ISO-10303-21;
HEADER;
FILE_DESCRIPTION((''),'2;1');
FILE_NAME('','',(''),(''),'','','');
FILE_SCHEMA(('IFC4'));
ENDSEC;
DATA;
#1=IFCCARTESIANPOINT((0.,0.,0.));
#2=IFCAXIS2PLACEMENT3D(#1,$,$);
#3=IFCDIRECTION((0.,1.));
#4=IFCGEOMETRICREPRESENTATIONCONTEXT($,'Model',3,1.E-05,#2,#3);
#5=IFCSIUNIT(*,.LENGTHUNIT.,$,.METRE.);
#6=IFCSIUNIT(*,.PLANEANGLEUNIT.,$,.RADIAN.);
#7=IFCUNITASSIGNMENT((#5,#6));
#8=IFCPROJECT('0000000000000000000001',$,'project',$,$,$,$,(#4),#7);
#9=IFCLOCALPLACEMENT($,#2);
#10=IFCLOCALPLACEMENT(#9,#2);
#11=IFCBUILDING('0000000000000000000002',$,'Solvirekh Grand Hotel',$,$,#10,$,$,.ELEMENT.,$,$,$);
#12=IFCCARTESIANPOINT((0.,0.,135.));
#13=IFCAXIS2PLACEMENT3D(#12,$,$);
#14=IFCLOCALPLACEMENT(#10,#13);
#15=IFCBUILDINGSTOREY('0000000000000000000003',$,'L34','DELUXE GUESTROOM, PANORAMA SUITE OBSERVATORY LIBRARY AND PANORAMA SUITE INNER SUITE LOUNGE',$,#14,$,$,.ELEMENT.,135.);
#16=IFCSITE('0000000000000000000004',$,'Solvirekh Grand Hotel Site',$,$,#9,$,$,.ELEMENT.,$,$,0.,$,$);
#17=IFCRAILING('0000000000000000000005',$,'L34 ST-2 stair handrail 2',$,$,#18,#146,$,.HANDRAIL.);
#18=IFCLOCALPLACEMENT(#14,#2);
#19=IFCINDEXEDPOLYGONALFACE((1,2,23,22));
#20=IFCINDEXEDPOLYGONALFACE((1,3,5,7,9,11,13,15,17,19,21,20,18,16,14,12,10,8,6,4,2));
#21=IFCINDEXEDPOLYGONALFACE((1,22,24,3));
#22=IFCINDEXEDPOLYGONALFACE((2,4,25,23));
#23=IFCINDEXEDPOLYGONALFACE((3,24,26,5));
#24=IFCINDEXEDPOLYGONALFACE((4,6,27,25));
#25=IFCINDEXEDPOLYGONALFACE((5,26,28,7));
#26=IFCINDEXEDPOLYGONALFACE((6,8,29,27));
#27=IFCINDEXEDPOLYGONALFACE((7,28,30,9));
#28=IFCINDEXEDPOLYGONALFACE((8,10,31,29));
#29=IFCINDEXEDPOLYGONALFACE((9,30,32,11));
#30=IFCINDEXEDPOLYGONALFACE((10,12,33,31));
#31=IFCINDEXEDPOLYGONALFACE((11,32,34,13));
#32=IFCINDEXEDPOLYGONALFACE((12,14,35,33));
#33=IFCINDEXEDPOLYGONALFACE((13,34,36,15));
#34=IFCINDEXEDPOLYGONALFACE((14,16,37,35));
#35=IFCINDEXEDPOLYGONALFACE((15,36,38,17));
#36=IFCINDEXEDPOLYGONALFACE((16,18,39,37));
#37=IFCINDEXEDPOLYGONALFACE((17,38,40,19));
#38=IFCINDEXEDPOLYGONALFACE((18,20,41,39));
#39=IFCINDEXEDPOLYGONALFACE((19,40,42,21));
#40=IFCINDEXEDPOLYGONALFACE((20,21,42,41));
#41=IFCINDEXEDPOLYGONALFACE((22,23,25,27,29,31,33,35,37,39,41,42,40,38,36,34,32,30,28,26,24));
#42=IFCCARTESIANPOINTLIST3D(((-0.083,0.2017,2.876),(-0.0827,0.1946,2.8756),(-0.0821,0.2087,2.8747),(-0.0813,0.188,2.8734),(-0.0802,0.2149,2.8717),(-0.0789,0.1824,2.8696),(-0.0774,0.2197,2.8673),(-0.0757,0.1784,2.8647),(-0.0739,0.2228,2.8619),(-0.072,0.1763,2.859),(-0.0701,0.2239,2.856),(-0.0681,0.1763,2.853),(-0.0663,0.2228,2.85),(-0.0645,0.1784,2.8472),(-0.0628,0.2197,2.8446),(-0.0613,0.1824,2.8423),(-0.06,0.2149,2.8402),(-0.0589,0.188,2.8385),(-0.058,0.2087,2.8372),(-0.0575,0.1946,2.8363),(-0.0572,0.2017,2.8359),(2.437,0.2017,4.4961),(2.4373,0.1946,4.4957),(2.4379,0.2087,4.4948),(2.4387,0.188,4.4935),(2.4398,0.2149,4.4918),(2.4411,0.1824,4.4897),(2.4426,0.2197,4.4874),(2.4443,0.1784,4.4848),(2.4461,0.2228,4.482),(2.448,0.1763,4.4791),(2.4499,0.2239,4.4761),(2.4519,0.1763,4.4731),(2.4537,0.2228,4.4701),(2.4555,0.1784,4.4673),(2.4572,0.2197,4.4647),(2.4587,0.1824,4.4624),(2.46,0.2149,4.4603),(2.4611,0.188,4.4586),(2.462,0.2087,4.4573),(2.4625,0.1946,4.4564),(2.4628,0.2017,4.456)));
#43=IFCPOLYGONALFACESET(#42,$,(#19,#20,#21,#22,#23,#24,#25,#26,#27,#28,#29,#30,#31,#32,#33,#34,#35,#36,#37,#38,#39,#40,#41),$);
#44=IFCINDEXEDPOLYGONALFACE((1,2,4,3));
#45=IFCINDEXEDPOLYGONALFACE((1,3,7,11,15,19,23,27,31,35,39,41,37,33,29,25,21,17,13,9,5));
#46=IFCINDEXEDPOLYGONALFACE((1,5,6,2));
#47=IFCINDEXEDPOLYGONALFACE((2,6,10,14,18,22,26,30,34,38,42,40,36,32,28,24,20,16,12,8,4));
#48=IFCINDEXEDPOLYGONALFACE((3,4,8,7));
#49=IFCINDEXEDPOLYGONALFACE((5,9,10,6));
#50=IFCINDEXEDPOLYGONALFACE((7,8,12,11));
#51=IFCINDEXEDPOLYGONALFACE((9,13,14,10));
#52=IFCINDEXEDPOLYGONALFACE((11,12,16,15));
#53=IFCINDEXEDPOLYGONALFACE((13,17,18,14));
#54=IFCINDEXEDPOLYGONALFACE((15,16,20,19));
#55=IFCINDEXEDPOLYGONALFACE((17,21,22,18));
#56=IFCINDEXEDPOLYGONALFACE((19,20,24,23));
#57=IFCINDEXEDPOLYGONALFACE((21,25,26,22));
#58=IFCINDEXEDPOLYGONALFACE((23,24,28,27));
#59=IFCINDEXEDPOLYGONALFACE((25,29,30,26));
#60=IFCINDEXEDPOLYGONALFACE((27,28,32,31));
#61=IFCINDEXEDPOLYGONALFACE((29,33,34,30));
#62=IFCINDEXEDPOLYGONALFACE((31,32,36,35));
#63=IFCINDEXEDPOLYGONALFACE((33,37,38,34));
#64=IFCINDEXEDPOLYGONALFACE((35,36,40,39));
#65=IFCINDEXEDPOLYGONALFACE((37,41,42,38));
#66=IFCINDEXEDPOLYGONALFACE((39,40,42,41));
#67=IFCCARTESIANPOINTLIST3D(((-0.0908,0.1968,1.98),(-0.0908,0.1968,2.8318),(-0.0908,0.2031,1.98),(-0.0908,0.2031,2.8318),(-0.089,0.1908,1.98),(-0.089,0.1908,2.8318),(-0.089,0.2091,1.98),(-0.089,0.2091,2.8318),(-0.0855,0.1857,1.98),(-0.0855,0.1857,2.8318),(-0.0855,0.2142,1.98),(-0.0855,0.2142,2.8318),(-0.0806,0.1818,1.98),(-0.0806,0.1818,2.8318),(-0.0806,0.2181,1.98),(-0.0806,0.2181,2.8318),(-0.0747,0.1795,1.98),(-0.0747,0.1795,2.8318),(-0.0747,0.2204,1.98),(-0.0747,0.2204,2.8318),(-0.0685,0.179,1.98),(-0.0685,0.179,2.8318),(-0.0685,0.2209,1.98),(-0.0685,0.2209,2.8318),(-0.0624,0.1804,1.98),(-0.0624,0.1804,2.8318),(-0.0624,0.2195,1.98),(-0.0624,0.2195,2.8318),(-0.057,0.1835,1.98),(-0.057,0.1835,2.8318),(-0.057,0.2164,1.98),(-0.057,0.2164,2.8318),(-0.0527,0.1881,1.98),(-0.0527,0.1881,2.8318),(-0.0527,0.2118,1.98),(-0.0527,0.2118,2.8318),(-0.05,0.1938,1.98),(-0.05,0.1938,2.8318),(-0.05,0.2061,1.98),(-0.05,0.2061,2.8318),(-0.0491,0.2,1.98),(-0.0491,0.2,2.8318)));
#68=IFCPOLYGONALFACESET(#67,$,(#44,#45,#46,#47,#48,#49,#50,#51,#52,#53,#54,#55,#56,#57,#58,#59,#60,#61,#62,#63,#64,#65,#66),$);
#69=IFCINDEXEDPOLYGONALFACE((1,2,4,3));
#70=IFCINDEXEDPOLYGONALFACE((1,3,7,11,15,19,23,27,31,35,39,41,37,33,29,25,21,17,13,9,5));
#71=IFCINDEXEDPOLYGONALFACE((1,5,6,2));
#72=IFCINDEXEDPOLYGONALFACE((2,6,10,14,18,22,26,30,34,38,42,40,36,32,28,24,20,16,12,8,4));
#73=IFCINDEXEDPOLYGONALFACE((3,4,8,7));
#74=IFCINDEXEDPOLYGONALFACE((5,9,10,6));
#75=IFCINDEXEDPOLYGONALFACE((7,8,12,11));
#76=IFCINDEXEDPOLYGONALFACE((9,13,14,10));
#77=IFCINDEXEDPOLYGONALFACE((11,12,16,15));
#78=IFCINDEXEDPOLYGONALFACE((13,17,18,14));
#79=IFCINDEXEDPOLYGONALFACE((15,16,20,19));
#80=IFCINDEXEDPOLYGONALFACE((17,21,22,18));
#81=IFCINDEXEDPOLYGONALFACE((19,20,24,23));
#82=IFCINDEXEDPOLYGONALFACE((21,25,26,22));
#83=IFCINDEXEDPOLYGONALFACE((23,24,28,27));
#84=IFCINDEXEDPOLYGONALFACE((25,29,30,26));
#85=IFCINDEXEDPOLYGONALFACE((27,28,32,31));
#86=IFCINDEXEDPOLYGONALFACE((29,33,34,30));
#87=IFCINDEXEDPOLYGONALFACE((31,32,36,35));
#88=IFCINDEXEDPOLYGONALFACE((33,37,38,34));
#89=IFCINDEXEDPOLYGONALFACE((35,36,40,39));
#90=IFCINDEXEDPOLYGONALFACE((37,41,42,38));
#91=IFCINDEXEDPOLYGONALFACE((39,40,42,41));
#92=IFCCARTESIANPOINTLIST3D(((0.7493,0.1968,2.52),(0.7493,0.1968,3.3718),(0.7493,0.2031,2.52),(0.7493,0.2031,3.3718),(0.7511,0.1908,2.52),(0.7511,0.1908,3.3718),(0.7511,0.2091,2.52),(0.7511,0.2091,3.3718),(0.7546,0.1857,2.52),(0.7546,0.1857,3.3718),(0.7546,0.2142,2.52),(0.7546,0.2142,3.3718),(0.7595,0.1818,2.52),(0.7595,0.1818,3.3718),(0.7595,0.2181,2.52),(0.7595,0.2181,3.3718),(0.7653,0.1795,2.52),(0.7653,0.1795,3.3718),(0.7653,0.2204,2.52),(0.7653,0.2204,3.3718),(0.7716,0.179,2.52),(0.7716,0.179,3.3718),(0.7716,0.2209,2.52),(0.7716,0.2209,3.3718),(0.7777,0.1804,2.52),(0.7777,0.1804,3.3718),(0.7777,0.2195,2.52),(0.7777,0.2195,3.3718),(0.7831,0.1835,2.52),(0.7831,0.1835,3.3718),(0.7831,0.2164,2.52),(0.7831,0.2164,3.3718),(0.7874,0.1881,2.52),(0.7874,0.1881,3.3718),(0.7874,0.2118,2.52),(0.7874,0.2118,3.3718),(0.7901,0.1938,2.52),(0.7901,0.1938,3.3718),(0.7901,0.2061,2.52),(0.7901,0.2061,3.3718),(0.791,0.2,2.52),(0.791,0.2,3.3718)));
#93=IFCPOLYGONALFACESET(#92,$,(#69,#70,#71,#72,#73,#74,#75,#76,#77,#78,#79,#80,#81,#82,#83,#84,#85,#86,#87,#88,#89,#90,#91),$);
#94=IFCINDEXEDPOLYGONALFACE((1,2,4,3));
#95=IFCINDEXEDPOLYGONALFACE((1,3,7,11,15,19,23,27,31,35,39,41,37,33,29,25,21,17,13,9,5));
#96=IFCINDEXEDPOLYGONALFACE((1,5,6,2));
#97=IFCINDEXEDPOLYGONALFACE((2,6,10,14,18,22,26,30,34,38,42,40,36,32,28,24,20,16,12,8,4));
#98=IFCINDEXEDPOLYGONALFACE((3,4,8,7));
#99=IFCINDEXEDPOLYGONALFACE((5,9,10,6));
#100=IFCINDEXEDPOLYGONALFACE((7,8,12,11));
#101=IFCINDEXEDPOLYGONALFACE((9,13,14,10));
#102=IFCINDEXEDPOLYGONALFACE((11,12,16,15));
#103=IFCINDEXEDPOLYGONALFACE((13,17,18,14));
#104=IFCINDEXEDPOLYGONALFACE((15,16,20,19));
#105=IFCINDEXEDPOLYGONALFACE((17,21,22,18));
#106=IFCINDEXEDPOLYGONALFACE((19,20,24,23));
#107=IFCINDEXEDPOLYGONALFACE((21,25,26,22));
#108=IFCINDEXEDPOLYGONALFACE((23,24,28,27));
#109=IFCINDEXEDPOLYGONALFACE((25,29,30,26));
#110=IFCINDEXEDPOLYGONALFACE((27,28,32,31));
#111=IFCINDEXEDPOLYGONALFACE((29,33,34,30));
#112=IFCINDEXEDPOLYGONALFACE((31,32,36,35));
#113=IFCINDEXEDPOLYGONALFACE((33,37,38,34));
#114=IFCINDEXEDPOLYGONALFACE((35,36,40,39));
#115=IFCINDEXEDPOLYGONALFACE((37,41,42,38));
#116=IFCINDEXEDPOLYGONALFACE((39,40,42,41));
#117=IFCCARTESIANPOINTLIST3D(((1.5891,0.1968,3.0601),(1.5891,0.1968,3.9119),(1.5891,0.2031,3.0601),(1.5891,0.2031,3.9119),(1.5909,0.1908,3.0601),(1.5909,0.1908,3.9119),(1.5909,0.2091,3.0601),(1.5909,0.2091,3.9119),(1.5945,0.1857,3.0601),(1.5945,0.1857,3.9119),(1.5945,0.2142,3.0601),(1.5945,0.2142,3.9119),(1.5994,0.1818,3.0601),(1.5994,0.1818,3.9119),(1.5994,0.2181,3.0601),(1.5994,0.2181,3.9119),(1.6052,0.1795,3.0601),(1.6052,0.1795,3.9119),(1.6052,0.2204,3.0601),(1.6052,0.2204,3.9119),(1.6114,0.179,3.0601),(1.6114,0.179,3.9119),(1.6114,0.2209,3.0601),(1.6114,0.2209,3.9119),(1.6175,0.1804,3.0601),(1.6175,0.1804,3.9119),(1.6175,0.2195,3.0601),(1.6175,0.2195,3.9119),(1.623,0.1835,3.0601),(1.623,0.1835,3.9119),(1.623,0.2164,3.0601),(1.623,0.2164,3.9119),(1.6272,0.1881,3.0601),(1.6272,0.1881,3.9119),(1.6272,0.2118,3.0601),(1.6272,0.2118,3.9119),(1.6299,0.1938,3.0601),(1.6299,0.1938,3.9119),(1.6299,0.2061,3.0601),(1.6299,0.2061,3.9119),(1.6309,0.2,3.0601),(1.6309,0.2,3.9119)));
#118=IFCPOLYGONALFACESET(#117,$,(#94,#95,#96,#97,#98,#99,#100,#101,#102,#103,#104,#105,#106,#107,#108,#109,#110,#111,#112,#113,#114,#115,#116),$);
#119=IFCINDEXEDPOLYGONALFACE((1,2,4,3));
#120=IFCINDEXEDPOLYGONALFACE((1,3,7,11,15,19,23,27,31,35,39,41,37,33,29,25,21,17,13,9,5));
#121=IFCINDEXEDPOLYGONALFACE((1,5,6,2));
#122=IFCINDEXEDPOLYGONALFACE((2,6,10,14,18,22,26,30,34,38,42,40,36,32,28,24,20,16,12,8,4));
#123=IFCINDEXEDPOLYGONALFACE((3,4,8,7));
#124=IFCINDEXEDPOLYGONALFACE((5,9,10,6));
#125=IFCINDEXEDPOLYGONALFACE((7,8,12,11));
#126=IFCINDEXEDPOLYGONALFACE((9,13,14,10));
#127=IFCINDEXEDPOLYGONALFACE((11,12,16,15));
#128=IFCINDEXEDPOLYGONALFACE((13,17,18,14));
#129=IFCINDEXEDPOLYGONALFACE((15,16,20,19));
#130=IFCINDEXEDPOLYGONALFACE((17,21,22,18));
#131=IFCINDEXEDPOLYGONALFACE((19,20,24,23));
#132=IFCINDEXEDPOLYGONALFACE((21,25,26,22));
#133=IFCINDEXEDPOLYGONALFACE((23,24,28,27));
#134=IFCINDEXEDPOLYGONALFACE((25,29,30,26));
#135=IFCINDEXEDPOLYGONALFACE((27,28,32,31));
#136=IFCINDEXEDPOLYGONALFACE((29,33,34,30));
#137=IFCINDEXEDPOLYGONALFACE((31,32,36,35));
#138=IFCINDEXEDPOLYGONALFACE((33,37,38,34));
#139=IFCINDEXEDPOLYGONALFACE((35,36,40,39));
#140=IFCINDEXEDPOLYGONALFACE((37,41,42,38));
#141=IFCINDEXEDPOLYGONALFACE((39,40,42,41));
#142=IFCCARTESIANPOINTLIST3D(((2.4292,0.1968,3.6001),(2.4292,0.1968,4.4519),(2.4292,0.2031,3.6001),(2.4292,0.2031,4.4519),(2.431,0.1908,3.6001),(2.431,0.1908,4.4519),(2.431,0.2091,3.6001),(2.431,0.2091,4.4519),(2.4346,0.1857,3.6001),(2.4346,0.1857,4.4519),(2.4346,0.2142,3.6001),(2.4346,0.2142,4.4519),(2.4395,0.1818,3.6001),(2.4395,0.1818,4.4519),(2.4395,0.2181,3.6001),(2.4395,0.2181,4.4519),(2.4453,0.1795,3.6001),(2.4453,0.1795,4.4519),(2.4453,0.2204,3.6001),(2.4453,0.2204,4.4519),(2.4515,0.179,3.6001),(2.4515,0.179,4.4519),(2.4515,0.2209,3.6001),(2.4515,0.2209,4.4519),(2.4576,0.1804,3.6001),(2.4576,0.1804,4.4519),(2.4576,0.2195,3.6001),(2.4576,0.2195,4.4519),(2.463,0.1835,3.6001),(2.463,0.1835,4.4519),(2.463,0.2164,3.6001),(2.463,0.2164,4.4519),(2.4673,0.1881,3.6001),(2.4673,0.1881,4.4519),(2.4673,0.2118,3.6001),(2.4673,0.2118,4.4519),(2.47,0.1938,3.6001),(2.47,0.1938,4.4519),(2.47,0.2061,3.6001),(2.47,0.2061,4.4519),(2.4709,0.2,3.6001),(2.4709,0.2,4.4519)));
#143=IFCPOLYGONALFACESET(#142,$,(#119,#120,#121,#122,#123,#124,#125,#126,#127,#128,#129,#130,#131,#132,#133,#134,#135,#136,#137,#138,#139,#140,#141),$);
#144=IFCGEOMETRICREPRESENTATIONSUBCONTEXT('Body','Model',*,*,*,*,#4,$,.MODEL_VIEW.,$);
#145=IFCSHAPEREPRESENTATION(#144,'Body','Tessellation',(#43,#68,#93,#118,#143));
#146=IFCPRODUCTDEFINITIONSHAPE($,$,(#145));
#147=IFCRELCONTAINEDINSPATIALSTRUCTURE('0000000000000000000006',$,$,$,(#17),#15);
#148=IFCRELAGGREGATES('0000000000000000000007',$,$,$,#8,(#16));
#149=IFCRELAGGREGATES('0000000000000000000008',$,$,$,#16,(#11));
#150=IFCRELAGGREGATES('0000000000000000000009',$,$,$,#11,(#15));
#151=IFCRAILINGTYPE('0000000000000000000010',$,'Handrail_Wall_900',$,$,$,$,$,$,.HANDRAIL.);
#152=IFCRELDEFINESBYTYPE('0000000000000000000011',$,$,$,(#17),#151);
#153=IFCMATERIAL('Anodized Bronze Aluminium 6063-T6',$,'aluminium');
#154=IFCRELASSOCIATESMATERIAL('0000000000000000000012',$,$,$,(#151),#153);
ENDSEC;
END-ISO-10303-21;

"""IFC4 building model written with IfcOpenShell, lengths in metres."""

from ifc_helpers import new_model, si_unit, direction, frame, origin, origin_2d, place, context, subcontext, project, spatial, circle, extrude, material, type_object, element, save


model = new_model("IFC4")

# Units and contexts
model_context = context("Model", 3, precision=1e-05, world=origin(), true_north=direction((0.0, 1.0)))
body_context = subcontext(model_context, "Body", "Model", "MODEL_VIEW")
ifc_project = project(units=[si_unit("LENGTHUNIT", "METRE"), si_unit("PLANEANGLEUNIT", "RADIAN")], contexts=[model_context])

# Site, building, storey
site_placement = place(None, origin())
site = spatial("IfcSite", under=ifc_project, at=site_placement, Name="Solvirekh Grand Hotel Site", CompositionType="ELEMENT", RefElevation=0.0)
building_placement = place(site_placement, origin())
building = spatial("IfcBuilding", under=site, at=building_placement, Name="Solvirekh Grand Hotel", CompositionType="ELEMENT")
storey_placement = place(building_placement, frame((0.0, 0.0, 135.0)))
storey = spatial("IfcBuildingStorey", under=building, at=storey_placement, Name="L34", Description="DELUXE GUESTROOM, PANORAMA SUITE OBSERVATORY LIBRARY AND PANORAMA SUITE INNER SUITE LOUNGE", CompositionType="ELEMENT", Elevation=135.0)

# Shared definitions
ifc_material_1 = material(Name="Anodized Bronze Aluminium 6063-T6", Category="aluminium")

# Railing
railing_type_1 = type_object("IfcRailingType", Name="Handrail_Wall_900", PredefinedType="HANDRAIL", material=ifc_material_1)
railing_1_placement = place(storey_placement, frame((-0.0701, 0.2, 1.98)))
element("IfcRailing", 1, at=railing_1_placement, inside=storey, type_object=railing_type_1, Name="L34 ST-2 stair handrail 2", PredefinedType="HANDRAIL", context=body_context, shape_type="SweptSolid", body=[
    extrude(circle(Radius=0.0239, at=origin_2d()), frame((0.0, 0.0, 0.876), z_axis=(0.841163, 0.0, 0.540782), x_axis=(0.0, 1.0, 0.0)), (0.0, 0.0, 1.0), 2.9958),
    extrude(circle(Radius=0.021, at=origin_2d()), origin(), (0.0, 0.0, 1.0), 0.8518),
    extrude(circle(Radius=0.021, at=origin_2d()), frame((0.8401, 0.0, 0.54)), (0.0, 0.0, 1.0), 0.8518),
    extrude(circle(Radius=0.021, at=origin_2d()), frame((1.6799, 0.0, 1.0801)), (0.0, 0.0, 1.0), 0.8518),
    extrude(circle(Radius=0.021, at=origin_2d()), frame((2.52, 0.0, 1.6201)), (0.0, 0.0, 1.0), 0.8518),
])

save(model, "model.ifc")
